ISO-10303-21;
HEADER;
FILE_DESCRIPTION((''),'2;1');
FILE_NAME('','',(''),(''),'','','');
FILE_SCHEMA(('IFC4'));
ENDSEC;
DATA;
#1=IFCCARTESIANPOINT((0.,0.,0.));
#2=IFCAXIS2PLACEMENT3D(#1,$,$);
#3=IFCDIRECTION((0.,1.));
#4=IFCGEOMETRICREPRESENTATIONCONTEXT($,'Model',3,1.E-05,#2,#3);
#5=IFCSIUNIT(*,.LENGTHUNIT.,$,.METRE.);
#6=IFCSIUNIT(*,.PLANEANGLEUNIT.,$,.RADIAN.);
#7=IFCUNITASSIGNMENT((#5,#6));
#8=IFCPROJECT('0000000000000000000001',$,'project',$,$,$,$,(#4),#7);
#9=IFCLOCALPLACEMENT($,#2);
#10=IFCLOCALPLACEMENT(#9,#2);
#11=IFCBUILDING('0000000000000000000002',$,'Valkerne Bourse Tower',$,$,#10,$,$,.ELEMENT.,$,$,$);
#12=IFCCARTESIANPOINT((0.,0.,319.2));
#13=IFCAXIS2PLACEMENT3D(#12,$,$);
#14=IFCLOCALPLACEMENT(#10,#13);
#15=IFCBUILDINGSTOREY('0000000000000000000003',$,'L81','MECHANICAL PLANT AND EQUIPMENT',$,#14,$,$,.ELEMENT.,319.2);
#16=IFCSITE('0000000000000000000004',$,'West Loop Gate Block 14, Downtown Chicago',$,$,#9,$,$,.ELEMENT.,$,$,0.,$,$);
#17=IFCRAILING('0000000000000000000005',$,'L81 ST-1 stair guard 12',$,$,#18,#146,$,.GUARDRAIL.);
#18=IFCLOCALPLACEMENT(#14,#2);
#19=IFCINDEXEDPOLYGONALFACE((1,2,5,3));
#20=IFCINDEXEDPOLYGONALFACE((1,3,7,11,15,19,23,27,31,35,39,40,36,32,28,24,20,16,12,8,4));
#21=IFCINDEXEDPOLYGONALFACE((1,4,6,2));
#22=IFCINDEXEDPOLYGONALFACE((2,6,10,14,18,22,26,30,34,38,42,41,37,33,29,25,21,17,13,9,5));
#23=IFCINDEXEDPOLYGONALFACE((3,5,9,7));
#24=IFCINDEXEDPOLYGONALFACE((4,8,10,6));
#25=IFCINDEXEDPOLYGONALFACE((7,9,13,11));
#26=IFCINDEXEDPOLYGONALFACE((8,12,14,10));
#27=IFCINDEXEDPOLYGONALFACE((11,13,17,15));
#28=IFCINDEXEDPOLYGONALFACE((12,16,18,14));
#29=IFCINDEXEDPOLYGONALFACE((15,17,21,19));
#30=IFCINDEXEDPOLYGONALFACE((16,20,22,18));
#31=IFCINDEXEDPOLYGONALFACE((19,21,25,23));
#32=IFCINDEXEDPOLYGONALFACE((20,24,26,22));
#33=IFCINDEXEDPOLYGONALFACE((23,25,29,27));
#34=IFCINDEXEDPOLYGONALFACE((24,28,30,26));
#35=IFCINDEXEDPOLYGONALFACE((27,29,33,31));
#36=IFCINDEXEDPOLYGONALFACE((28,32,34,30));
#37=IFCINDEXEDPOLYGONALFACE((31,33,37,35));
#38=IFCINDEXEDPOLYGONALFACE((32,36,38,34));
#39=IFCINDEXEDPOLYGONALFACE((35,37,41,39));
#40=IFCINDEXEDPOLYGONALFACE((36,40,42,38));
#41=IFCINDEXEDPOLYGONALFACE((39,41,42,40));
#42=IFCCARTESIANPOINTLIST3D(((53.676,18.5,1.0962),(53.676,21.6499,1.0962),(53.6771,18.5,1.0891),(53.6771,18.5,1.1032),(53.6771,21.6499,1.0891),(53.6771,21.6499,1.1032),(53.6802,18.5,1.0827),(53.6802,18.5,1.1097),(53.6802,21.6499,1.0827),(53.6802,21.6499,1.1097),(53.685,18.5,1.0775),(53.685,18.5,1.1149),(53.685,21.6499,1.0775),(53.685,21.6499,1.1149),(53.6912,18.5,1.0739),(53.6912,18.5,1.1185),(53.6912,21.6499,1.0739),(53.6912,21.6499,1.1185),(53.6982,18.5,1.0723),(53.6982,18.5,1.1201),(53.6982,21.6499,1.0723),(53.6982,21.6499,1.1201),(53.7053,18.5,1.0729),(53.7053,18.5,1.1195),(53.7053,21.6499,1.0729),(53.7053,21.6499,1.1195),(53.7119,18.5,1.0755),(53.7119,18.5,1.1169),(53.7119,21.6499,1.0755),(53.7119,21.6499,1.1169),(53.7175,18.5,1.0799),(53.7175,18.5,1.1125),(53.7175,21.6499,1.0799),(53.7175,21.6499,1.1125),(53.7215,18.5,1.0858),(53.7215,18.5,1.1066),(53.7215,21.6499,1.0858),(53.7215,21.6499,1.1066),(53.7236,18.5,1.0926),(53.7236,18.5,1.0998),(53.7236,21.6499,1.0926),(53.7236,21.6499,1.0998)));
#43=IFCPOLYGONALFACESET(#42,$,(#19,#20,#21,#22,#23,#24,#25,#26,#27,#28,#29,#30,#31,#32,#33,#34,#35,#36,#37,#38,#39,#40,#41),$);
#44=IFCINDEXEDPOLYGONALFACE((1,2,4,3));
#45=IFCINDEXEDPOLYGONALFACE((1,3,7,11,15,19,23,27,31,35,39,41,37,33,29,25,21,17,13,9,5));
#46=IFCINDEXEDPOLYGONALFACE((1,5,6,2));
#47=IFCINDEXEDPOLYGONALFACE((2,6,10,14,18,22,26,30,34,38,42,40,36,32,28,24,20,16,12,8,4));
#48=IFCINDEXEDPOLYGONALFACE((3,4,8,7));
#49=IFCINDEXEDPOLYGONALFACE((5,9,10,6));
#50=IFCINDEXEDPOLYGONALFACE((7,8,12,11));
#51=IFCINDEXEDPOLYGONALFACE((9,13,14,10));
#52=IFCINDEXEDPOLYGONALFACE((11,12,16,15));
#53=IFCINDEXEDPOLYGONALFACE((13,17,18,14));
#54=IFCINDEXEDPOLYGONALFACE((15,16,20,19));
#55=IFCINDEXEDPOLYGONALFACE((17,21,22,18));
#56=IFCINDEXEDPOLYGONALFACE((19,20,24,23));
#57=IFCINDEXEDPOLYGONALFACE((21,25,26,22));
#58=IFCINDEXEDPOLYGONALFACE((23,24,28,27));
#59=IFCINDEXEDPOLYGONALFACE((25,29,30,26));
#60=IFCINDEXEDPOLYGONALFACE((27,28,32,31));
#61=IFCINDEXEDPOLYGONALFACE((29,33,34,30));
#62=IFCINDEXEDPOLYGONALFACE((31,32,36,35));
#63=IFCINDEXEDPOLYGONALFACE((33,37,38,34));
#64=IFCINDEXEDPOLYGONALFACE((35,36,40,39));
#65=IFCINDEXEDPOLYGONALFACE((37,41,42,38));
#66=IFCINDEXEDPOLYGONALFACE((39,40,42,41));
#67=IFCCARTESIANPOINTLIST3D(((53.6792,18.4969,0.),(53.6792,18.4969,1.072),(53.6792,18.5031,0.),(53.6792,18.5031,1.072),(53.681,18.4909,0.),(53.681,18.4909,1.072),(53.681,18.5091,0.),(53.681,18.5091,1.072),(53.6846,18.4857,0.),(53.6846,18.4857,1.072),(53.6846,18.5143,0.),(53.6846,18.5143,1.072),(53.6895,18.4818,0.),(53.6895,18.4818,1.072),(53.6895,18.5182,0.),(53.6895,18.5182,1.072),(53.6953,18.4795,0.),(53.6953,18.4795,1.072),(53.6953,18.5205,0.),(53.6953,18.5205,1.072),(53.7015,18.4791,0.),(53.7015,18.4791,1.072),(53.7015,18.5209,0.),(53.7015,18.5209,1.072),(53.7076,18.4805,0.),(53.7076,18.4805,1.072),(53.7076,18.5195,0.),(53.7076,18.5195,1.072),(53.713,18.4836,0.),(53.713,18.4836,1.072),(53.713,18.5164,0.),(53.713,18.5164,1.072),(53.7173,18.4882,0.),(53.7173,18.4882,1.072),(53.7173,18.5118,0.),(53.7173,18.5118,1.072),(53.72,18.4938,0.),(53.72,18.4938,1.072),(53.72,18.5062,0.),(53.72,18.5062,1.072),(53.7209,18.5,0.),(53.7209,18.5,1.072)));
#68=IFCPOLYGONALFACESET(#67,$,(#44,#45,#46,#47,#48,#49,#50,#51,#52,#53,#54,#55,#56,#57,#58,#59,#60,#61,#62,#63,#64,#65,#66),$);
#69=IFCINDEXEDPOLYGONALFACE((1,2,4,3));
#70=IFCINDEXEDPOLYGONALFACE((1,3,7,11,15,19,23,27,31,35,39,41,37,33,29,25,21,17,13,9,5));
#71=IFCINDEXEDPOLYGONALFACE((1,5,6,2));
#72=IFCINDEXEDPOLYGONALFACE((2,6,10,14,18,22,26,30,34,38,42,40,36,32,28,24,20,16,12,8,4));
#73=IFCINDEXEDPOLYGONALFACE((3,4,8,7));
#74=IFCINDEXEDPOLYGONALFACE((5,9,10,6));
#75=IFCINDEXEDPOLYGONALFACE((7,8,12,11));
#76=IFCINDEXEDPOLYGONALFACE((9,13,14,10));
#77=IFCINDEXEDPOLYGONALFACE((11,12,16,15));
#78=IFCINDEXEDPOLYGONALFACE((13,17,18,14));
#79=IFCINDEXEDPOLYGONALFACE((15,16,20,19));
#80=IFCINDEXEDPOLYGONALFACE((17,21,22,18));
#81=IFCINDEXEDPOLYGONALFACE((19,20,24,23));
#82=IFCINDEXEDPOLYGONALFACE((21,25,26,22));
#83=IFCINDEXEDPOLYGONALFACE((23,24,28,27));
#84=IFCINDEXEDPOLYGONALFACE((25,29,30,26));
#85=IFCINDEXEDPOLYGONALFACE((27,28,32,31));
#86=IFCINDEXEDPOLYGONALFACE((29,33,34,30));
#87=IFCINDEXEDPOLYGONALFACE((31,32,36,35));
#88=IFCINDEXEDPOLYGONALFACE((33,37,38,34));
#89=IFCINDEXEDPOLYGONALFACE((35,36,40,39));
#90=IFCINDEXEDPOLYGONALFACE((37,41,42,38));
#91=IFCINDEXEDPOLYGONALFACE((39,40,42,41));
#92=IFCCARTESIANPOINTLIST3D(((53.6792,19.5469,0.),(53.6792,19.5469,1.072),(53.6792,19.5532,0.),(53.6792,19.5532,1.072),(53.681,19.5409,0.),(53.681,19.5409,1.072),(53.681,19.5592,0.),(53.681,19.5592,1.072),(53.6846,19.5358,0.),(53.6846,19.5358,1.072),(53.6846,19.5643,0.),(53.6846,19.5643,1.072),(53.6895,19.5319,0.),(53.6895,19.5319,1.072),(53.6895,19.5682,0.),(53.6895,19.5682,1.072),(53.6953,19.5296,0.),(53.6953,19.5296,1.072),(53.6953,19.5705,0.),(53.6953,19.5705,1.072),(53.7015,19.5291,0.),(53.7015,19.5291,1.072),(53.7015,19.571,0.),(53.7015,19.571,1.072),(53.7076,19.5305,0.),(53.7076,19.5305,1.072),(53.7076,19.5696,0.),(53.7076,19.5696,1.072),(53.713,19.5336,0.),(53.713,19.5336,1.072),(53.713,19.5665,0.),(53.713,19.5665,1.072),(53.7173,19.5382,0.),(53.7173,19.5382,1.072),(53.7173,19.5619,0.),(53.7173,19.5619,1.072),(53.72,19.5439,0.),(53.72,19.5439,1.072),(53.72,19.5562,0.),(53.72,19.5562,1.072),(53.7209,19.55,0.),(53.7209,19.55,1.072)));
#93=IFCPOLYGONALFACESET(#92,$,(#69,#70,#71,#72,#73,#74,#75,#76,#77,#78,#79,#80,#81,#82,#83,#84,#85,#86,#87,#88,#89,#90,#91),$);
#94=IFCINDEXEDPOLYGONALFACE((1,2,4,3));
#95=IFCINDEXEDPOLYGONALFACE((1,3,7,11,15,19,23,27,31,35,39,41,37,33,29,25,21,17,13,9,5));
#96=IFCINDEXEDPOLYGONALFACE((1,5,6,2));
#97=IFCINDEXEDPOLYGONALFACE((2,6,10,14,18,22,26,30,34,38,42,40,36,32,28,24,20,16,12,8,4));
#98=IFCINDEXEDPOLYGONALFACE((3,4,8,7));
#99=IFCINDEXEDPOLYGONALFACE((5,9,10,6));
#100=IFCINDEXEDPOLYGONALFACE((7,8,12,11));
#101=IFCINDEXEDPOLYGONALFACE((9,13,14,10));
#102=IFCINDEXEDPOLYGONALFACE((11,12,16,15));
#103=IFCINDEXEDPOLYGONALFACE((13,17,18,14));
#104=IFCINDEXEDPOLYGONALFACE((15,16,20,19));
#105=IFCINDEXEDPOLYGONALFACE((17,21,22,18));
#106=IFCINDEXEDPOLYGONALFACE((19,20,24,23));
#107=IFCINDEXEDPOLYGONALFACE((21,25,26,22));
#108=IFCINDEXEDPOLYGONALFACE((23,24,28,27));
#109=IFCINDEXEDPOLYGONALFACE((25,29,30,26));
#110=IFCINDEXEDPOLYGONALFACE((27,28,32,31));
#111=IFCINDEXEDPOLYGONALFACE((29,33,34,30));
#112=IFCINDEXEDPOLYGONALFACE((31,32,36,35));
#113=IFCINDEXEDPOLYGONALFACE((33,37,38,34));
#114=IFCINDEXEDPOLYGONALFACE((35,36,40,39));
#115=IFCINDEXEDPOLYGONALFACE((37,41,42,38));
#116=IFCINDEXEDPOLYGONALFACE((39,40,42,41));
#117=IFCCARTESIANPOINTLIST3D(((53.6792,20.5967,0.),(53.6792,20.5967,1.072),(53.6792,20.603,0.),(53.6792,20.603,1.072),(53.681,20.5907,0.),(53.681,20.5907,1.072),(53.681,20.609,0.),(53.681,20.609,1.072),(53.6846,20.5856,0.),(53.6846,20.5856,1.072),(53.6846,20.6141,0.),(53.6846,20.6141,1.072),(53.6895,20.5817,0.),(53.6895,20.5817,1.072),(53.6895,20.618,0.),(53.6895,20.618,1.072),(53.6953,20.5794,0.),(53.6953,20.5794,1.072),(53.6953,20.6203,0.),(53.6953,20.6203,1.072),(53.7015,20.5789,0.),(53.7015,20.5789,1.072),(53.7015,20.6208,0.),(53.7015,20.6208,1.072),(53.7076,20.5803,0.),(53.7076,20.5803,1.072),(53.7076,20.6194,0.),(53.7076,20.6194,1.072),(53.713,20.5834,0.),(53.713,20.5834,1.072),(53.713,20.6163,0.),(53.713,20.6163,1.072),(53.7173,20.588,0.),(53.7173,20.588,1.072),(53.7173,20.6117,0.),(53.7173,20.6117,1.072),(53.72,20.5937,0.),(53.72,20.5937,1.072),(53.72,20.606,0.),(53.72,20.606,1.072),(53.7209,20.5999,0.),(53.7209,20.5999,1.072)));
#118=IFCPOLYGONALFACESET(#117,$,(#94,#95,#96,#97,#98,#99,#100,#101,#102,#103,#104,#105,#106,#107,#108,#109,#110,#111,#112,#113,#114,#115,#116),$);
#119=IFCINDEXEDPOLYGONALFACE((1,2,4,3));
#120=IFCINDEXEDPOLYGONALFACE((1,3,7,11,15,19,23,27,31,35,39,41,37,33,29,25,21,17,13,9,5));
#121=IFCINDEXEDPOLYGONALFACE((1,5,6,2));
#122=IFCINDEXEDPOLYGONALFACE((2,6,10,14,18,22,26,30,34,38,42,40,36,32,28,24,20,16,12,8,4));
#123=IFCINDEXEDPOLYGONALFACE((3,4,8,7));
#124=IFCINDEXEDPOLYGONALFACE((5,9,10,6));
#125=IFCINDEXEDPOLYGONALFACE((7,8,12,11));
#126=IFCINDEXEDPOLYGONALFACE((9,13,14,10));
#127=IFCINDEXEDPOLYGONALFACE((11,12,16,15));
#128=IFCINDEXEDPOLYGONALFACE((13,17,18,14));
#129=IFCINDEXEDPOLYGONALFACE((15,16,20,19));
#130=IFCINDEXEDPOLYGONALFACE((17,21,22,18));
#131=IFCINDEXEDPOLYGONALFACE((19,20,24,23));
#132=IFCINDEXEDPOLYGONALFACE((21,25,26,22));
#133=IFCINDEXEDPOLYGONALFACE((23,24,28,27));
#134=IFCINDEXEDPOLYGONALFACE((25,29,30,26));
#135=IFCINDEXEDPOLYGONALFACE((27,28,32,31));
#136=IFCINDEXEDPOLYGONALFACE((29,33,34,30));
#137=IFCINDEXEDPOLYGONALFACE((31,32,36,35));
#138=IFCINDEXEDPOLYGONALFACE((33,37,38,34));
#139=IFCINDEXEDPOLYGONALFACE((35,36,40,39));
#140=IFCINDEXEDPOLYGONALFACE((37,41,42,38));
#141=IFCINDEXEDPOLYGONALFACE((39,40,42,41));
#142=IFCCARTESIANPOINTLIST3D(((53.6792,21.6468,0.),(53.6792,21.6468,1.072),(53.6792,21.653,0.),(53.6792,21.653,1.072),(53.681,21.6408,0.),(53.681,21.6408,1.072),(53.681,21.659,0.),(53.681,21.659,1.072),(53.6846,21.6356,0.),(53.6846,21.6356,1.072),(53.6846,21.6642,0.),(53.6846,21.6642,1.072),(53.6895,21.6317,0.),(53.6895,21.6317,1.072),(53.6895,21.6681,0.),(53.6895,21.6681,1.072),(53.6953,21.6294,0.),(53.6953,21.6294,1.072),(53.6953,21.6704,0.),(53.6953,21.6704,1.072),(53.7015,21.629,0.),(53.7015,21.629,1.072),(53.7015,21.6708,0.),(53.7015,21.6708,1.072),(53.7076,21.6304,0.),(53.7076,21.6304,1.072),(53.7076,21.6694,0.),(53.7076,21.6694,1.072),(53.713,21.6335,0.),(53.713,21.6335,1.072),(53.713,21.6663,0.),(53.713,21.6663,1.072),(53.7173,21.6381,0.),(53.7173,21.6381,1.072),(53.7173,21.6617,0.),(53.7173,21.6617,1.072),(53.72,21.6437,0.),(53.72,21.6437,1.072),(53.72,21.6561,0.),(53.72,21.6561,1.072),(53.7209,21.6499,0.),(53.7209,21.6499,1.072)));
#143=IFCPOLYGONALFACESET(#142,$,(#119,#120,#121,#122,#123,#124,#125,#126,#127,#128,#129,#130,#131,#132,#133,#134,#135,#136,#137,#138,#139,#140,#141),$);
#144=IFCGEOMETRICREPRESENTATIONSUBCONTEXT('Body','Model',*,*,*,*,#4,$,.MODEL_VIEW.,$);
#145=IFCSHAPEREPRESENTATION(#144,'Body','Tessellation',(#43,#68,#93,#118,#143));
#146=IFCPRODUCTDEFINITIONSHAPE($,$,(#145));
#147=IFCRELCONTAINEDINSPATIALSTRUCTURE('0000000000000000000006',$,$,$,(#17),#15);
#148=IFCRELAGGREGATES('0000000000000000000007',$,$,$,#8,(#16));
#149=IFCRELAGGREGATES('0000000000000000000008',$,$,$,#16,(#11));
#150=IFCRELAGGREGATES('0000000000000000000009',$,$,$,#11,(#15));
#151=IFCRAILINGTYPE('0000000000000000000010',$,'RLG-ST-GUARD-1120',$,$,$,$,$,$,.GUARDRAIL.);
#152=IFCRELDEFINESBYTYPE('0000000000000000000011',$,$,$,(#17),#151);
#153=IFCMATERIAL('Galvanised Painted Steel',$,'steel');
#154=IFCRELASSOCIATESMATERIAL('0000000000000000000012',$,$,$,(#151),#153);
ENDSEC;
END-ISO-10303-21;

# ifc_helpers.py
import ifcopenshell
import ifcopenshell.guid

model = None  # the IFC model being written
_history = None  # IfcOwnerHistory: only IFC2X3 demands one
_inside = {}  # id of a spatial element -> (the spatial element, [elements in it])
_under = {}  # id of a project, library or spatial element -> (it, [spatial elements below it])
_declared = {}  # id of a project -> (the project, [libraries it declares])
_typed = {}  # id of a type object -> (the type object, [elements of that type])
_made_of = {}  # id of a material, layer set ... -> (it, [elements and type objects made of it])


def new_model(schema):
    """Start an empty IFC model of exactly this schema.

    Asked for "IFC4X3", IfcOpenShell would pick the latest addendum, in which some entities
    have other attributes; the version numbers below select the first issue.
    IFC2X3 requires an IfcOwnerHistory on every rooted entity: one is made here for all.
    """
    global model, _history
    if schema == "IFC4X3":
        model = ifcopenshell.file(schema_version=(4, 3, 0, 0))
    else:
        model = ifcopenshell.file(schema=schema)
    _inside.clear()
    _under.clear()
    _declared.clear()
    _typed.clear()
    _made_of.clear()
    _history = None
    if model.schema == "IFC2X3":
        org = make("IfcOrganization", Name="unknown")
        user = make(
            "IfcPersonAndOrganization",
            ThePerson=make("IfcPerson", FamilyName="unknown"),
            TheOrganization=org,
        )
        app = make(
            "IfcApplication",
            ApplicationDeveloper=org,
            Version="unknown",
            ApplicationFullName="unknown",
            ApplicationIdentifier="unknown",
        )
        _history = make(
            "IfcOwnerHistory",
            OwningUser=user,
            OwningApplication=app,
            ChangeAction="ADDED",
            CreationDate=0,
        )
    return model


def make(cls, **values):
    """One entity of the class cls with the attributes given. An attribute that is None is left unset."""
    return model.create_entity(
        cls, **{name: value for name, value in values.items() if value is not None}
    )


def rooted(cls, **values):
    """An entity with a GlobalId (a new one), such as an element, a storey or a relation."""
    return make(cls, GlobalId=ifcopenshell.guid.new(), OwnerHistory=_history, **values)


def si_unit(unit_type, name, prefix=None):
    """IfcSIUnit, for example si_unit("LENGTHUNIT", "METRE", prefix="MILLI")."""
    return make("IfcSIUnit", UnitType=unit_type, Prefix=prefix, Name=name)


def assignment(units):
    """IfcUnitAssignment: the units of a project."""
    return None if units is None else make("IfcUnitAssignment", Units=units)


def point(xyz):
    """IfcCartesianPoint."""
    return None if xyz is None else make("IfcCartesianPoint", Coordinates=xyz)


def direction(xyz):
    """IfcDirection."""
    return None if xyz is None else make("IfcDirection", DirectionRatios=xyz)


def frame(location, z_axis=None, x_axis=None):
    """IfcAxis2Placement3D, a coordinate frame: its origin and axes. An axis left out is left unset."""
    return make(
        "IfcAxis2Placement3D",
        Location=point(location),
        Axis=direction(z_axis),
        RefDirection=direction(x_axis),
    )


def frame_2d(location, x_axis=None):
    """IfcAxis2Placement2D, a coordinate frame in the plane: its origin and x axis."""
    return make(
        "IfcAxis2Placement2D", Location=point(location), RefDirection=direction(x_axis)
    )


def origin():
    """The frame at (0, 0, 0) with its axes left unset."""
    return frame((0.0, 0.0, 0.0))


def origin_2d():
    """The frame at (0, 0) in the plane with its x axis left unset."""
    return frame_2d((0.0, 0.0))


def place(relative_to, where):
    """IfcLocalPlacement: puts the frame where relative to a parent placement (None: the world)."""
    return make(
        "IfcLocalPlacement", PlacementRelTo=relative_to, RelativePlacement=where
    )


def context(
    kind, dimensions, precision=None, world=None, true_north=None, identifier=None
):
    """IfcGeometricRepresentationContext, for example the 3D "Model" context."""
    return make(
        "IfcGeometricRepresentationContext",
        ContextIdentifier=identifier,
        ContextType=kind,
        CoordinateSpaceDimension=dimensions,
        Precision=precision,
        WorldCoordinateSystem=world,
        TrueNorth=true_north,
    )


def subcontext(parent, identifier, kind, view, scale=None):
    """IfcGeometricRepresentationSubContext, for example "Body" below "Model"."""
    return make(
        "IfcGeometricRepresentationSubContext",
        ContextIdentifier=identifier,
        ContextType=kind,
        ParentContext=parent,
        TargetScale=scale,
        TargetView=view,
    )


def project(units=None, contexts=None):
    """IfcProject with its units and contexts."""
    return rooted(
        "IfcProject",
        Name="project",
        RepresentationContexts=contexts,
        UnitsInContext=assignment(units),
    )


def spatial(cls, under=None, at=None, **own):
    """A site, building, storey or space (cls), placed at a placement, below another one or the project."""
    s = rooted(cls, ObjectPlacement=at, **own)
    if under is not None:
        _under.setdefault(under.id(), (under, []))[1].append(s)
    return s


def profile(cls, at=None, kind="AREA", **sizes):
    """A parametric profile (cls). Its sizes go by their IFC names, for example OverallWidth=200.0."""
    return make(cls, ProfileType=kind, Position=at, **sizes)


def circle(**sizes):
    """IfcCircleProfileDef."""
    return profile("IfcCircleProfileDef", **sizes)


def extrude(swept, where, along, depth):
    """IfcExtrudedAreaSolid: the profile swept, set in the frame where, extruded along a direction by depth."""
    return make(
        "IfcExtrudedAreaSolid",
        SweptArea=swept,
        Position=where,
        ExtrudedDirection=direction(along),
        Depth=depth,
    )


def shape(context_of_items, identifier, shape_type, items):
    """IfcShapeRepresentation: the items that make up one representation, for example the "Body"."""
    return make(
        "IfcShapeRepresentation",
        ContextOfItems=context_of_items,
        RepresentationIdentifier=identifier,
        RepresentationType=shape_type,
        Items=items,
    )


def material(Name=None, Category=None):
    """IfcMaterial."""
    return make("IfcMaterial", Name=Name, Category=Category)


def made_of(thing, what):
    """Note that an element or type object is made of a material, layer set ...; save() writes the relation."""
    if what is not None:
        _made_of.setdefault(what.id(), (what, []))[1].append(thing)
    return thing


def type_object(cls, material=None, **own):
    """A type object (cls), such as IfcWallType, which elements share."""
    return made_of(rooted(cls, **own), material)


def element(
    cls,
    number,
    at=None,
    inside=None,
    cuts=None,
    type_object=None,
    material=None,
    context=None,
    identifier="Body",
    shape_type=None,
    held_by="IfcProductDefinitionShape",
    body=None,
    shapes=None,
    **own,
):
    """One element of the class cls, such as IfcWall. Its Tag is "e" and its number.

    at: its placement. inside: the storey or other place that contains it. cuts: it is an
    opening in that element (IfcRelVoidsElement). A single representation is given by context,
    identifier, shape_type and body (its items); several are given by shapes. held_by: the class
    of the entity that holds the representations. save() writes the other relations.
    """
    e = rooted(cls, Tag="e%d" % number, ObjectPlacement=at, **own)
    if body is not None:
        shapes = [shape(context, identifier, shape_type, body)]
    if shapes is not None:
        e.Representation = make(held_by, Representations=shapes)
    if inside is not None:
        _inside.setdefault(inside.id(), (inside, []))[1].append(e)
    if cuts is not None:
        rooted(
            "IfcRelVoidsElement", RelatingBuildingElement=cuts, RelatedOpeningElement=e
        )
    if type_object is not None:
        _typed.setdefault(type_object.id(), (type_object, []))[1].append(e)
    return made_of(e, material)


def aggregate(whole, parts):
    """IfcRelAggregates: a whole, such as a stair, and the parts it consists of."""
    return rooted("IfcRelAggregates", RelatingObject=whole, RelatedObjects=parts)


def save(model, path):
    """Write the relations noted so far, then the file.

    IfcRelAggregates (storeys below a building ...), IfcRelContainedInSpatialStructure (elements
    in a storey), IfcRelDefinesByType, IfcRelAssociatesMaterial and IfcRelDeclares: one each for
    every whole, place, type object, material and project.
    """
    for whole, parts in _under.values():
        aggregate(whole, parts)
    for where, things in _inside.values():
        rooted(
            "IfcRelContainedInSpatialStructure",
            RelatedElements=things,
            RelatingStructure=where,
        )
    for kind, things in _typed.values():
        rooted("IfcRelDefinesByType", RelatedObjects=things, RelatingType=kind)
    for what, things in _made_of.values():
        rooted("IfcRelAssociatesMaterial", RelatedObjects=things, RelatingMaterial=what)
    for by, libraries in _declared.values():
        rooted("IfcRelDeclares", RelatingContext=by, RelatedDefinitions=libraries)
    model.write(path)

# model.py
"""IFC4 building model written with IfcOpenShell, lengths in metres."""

from ifc_helpers import new_model, si_unit, direction, frame, origin, origin_2d, place, context, subcontext, project, spatial, circle, extrude, material, type_object, element, save


model = new_model("IFC4")

# Units and contexts
model_context = context("Model", 3, precision=1e-05, world=origin(), true_north=direction((0.0, 1.0)))
body_context = subcontext(model_context, "Body", "Model", "MODEL_VIEW")
ifc_project = project(units=[si_unit("LENGTHUNIT", "METRE"), si_unit("PLANEANGLEUNIT", "RADIAN")], contexts=[model_context])

# Site, building, storey
site_placement = place(None, origin())
site = spatial("IfcSite", under=ifc_project, at=site_placement, Name="West Loop Gate Block 14, Downtown Chicago", CompositionType="ELEMENT", RefElevation=0.0)
building_placement = place(site_placement, origin())
building = spatial("IfcBuilding", under=site, at=building_placement, Name="Valkerne Bourse Tower", CompositionType="ELEMENT")
storey_placement = place(building_placement, frame((0.0, 0.0, 319.2)))
storey = spatial("IfcBuildingStorey", under=building, at=storey_placement, Name="L81", Description="MECHANICAL PLANT AND EQUIPMENT", CompositionType="ELEMENT", Elevation=319.2)

# Shared definitions
ifc_material_1 = material(Name="Galvanised Painted Steel", Category="steel")

# Railing
railing_type = type_object("IfcRailingType", Name="RLG-ST-GUARD-1120", PredefinedType="GUARDRAIL", material=ifc_material_1)
railing_1_placement = place(storey_placement, frame((53.7, 18.5, 0.0)))
element("IfcRailing", 1, at=railing_1_placement, inside=storey, type_object=railing_type, Name="L81 ST-1 stair guard 12", PredefinedType="GUARDRAIL", context=body_context, shape_type="SweptSolid", body=[
    extrude(circle(Radius=0.0239, at=origin_2d()), frame((0.0, 0.0, 1.0962), z_axis=(0.0, 1.0, 0.0), x_axis=(-1.0, 0.0, 0.0)), (0.0, 0.0, 1.0), 3.1499),
    extrude(circle(Radius=0.021, at=origin_2d()), origin(), (0.0, 0.0, 1.0), 1.072),
    extrude(circle(Radius=0.021, at=origin_2d()), frame((0.0, 1.05, 0.0)), (0.0, 0.0, 1.0), 1.072),
    extrude(circle(Radius=0.021, at=origin_2d()), frame((0.0, 2.0999, 0.0)), (0.0, 0.0, 1.0), 1.072),
    extrude(circle(Radius=0.021, at=origin_2d()), frame((0.0, 3.1499, 0.0)), (0.0, 0.0, 1.0), 1.072),
])

save(model, "model.ifc")
